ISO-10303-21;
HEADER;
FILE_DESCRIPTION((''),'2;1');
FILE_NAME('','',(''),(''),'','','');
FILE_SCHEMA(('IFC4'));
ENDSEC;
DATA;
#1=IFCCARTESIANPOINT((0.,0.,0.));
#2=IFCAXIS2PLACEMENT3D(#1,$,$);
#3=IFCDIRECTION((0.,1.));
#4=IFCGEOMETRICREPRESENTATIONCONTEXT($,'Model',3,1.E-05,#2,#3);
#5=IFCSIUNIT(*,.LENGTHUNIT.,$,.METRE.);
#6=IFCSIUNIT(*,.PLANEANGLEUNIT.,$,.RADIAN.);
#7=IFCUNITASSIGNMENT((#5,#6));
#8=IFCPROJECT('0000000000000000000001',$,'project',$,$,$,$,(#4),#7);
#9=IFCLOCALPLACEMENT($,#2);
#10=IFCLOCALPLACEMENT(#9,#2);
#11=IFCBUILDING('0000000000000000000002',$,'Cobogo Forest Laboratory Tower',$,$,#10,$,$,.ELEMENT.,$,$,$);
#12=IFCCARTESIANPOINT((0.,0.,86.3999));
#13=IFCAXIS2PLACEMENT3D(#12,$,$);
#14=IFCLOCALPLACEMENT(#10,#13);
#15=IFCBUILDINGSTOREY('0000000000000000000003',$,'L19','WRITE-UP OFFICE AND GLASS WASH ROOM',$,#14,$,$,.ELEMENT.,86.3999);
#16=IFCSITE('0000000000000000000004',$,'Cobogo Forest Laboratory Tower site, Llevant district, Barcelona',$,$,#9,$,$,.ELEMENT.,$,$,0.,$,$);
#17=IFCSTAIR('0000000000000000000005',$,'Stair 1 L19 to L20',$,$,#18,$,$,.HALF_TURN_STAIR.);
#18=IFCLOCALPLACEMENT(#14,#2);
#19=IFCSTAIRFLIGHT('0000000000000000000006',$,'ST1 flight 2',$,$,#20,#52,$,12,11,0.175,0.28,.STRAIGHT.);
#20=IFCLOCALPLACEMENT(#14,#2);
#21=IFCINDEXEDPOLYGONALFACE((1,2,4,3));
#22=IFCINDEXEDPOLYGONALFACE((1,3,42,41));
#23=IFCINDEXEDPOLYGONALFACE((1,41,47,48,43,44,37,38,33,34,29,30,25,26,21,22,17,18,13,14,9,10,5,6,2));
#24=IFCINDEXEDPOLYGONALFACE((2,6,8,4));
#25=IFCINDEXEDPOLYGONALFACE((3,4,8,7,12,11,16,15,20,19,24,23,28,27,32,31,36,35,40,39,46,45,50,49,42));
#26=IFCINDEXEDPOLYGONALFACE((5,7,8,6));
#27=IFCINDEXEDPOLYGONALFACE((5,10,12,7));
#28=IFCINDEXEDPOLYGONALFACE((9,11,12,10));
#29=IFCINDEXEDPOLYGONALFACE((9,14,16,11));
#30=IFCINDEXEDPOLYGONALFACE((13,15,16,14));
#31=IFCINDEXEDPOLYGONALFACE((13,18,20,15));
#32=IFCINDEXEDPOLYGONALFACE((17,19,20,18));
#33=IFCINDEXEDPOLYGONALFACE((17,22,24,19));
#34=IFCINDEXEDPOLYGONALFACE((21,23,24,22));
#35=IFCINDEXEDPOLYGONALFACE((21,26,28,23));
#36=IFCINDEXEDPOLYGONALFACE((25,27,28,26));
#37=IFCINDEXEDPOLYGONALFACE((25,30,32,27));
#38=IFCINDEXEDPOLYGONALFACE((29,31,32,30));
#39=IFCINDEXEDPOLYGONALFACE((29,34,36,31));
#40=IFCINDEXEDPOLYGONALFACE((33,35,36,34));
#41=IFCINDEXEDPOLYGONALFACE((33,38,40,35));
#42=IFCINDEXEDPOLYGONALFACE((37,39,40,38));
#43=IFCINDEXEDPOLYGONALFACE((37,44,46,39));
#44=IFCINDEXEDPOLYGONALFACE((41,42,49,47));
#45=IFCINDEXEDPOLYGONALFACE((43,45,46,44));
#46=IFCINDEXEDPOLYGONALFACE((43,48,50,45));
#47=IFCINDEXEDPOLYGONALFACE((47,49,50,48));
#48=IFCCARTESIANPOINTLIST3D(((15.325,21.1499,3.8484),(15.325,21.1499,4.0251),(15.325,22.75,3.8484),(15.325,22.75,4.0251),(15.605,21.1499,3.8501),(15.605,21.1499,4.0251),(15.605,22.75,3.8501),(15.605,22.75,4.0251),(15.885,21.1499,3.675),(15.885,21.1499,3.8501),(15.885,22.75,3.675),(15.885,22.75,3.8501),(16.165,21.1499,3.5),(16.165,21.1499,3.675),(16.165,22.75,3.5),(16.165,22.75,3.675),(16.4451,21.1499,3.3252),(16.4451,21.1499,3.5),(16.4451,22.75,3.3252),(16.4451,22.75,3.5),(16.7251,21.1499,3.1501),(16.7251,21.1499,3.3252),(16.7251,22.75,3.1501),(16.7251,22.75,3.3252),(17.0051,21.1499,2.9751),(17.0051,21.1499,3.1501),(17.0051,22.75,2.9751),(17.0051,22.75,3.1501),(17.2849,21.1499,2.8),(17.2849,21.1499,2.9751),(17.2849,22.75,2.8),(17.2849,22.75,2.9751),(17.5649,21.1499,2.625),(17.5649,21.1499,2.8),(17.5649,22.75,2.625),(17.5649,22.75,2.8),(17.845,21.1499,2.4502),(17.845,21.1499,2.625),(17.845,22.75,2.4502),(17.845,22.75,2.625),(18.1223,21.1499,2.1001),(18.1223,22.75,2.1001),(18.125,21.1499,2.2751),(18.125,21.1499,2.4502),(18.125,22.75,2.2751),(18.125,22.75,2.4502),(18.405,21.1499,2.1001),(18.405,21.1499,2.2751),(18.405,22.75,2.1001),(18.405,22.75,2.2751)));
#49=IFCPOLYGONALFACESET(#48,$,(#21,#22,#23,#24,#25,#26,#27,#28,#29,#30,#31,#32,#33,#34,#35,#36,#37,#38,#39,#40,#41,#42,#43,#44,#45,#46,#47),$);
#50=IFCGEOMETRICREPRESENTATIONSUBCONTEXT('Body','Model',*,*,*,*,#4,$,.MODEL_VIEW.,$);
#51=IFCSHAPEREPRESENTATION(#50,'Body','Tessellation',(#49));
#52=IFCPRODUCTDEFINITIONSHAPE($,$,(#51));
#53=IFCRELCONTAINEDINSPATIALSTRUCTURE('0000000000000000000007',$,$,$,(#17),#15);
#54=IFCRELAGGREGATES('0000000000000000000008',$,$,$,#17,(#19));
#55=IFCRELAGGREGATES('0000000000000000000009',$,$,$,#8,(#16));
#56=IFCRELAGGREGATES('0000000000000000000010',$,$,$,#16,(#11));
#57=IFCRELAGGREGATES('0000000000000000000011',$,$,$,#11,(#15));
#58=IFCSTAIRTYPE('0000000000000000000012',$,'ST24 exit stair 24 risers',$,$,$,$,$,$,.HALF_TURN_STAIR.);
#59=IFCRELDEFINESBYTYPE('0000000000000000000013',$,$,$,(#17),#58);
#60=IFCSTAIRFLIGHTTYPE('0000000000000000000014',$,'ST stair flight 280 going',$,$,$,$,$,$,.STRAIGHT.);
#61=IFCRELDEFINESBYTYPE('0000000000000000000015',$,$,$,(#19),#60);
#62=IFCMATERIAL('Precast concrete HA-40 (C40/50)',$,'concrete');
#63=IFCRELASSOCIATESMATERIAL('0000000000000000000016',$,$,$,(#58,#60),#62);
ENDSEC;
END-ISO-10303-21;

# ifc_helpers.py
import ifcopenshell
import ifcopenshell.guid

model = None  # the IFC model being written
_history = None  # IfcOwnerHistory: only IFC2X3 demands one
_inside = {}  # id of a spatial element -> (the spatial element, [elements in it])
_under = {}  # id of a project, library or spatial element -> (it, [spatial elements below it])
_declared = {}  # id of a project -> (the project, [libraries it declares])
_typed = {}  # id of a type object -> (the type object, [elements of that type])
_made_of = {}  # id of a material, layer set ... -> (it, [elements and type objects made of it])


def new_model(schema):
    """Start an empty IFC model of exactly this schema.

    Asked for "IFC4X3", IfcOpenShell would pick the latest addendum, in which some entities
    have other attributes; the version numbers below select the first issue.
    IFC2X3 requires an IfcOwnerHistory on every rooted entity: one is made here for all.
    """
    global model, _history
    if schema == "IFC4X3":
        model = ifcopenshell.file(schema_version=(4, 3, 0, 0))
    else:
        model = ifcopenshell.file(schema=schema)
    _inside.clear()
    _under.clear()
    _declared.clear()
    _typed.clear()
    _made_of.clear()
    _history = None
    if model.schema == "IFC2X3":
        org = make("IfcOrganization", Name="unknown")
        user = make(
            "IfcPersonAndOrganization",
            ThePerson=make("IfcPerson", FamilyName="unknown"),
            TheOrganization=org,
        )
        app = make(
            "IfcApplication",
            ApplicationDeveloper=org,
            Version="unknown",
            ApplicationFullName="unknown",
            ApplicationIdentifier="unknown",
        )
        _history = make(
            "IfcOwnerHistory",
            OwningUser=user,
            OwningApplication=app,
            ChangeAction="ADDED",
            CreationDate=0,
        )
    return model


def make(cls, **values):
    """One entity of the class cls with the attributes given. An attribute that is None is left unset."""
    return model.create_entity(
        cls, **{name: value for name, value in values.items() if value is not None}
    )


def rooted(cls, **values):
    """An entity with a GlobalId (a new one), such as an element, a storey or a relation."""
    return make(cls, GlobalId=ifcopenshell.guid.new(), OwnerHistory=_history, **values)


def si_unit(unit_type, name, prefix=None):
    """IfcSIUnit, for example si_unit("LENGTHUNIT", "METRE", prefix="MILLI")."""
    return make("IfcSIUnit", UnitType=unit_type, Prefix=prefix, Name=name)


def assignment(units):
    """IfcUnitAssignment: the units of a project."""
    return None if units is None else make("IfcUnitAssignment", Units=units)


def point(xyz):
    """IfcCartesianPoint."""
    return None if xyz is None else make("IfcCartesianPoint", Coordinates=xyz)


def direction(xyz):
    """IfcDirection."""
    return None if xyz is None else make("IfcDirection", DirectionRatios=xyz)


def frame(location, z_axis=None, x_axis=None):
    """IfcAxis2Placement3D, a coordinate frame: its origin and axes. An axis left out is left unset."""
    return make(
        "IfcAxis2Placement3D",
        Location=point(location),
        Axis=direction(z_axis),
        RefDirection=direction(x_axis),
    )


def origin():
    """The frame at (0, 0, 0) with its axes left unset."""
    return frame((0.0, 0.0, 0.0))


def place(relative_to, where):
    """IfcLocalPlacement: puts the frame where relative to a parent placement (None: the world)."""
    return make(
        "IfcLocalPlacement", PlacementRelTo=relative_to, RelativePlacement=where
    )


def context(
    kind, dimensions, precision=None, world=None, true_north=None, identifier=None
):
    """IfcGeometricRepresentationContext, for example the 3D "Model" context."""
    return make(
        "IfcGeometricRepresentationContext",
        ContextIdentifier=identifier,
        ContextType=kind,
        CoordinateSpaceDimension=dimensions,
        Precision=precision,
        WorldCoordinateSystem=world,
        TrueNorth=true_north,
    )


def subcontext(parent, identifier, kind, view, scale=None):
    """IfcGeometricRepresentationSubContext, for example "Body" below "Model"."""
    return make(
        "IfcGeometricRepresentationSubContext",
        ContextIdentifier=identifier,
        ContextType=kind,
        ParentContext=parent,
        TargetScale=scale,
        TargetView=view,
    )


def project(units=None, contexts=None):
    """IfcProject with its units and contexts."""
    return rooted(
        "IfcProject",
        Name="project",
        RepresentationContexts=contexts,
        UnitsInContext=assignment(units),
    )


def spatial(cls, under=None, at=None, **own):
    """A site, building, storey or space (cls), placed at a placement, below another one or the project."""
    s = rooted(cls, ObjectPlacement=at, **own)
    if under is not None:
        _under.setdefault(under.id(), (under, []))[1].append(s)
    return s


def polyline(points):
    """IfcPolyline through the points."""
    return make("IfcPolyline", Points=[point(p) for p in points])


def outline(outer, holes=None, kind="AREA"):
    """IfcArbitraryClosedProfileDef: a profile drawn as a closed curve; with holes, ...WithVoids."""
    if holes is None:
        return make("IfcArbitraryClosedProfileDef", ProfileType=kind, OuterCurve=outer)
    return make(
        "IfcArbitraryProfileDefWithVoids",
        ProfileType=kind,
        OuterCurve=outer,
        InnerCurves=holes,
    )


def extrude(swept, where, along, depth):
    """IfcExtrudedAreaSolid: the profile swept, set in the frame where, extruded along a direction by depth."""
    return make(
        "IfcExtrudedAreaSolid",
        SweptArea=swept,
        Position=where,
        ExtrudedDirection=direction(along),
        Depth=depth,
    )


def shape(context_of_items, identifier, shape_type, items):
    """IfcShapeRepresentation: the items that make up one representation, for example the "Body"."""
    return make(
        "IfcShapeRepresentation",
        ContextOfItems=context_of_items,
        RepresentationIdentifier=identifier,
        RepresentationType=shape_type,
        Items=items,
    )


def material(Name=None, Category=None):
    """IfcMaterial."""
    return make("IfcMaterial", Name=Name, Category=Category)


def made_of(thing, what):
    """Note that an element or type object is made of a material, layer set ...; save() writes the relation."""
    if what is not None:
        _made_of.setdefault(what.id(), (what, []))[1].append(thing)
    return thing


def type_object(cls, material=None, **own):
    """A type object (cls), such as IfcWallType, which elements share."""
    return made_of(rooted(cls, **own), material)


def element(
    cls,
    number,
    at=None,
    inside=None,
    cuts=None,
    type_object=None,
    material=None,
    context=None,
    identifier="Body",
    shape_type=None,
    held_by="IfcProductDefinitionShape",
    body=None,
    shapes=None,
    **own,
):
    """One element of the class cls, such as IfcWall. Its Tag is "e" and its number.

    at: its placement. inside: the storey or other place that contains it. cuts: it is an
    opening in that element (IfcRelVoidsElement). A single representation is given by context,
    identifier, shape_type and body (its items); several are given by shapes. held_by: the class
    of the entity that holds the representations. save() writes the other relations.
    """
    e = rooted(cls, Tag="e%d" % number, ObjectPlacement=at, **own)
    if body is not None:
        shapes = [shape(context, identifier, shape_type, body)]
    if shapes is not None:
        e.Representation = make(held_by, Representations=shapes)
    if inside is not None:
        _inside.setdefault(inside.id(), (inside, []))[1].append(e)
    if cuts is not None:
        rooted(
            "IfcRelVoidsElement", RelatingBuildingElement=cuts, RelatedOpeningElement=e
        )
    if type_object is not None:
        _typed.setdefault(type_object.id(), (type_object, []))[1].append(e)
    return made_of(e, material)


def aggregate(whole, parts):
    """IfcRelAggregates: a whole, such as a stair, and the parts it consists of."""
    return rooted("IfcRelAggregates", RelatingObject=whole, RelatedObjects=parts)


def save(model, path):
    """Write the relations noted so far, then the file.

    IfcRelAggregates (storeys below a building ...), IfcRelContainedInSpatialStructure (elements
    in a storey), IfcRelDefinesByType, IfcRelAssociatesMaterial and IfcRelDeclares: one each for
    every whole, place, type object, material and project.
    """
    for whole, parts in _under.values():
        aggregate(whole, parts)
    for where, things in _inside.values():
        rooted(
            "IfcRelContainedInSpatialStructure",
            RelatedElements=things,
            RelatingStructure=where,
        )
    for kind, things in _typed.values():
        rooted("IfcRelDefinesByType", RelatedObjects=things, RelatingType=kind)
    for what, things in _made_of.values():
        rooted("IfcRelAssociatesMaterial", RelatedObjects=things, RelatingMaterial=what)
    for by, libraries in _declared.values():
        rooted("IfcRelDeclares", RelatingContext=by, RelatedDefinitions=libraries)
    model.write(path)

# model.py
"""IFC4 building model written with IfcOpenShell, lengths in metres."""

from ifc_helpers import new_model, si_unit, direction, frame, origin, place, context, subcontext, project, spatial, polyline, outline, extrude, material, type_object, element, aggregate, save


model = new_model("IFC4")

# Units and contexts
model_context = context("Model", 3, precision=1e-05, world=origin(), true_north=direction((0.0, 1.0)))
body_context = subcontext(model_context, "Body", "Model", "MODEL_VIEW")
ifc_project = project(units=[si_unit("LENGTHUNIT", "METRE"), si_unit("PLANEANGLEUNIT", "RADIAN")], contexts=[model_context])

# Site, building, storey
site_placement = place(None, origin())
site = spatial("IfcSite", under=ifc_project, at=site_placement, Name="Cobogo Forest Laboratory Tower site, Llevant district, Barcelona", CompositionType="ELEMENT", RefElevation=0.0)
building_placement = place(site_placement, origin())
building = spatial("IfcBuilding", under=site, at=building_placement, Name="Cobogo Forest Laboratory Tower", CompositionType="ELEMENT")
storey_placement = place(building_placement, frame((0.0, 0.0, 86.3999)))
storey = spatial("IfcBuildingStorey", under=building, at=storey_placement, Name="L19", Description="WRITE-UP OFFICE AND GLASS WASH ROOM", CompositionType="ELEMENT", Elevation=86.3999)

# Stair, stair flight
ifc_material_1 = material(Name="Precast concrete HA-40 (C40/50)", Category="concrete")
stair_type = type_object("IfcStairType", Name="ST24 exit stair 24 risers", PredefinedType="HALF_TURN_STAIR", material=ifc_material_1)
stair_placement = place(storey_placement, origin())
stair = element("IfcStair", 1, at=stair_placement, inside=storey, type_object=stair_type, Name="Stair 1 L19 to L20", PredefinedType="HALF_TURN_STAIR")
stair_flight_type = type_object("IfcStairFlightType", Name="ST stair flight 280 going", PredefinedType="STRAIGHT", material=ifc_material_1)
stair_flight_1_placement = place(storey_placement, frame((18.405, 21.95, 2.1001), z_axis=(0.0, 0.0, 1.0), x_axis=(-1.0, 0.0, 0.0)))
stair_flight_1 = element("IfcStairFlight", 2, at=stair_flight_1_placement, type_object=stair_flight_type, Name="ST1 flight 2", NumberOfRisers=12, NumberOfTreads=11, PredefinedType="STRAIGHT", RiserHeight=0.175, TreadLength=0.28, context=body_context, shape_type="SweptSolid", body=[
    extrude(outline(polyline([(0.0, 0.0), (0.0, 0.175), (0.28, 0.175), (0.28, 0.3501), (0.5601, 0.3501), (0.5601, 0.5249), (0.8401, 0.5249), (0.8401, 0.7), (1.1201, 0.7), (1.1201, 0.875), (1.3999, 0.875), (1.3999, 1.05), (1.6799, 1.05), (1.6799, 1.2251), (1.96, 1.2251), (1.96, 1.3999), (2.24, 1.3999), (2.24, 1.575), (2.52, 1.575), (2.52, 1.75), (2.8, 1.75), (2.8, 1.925), (3.0801, 1.925), (3.0801, 2.1001), (3.0801, 1.7483), (0.2827, 0.0), (0.0, 0.0)])), frame((0.0, 0.8, 0.0), z_axis=(0.0, -1.0, 0.0), x_axis=(1.0, 0.0, 0.0)), (0.0, 0.0, 1.0), 1.6001),
])
aggregate(stair, [stair_flight_1])

save(model, "model.ifc")
